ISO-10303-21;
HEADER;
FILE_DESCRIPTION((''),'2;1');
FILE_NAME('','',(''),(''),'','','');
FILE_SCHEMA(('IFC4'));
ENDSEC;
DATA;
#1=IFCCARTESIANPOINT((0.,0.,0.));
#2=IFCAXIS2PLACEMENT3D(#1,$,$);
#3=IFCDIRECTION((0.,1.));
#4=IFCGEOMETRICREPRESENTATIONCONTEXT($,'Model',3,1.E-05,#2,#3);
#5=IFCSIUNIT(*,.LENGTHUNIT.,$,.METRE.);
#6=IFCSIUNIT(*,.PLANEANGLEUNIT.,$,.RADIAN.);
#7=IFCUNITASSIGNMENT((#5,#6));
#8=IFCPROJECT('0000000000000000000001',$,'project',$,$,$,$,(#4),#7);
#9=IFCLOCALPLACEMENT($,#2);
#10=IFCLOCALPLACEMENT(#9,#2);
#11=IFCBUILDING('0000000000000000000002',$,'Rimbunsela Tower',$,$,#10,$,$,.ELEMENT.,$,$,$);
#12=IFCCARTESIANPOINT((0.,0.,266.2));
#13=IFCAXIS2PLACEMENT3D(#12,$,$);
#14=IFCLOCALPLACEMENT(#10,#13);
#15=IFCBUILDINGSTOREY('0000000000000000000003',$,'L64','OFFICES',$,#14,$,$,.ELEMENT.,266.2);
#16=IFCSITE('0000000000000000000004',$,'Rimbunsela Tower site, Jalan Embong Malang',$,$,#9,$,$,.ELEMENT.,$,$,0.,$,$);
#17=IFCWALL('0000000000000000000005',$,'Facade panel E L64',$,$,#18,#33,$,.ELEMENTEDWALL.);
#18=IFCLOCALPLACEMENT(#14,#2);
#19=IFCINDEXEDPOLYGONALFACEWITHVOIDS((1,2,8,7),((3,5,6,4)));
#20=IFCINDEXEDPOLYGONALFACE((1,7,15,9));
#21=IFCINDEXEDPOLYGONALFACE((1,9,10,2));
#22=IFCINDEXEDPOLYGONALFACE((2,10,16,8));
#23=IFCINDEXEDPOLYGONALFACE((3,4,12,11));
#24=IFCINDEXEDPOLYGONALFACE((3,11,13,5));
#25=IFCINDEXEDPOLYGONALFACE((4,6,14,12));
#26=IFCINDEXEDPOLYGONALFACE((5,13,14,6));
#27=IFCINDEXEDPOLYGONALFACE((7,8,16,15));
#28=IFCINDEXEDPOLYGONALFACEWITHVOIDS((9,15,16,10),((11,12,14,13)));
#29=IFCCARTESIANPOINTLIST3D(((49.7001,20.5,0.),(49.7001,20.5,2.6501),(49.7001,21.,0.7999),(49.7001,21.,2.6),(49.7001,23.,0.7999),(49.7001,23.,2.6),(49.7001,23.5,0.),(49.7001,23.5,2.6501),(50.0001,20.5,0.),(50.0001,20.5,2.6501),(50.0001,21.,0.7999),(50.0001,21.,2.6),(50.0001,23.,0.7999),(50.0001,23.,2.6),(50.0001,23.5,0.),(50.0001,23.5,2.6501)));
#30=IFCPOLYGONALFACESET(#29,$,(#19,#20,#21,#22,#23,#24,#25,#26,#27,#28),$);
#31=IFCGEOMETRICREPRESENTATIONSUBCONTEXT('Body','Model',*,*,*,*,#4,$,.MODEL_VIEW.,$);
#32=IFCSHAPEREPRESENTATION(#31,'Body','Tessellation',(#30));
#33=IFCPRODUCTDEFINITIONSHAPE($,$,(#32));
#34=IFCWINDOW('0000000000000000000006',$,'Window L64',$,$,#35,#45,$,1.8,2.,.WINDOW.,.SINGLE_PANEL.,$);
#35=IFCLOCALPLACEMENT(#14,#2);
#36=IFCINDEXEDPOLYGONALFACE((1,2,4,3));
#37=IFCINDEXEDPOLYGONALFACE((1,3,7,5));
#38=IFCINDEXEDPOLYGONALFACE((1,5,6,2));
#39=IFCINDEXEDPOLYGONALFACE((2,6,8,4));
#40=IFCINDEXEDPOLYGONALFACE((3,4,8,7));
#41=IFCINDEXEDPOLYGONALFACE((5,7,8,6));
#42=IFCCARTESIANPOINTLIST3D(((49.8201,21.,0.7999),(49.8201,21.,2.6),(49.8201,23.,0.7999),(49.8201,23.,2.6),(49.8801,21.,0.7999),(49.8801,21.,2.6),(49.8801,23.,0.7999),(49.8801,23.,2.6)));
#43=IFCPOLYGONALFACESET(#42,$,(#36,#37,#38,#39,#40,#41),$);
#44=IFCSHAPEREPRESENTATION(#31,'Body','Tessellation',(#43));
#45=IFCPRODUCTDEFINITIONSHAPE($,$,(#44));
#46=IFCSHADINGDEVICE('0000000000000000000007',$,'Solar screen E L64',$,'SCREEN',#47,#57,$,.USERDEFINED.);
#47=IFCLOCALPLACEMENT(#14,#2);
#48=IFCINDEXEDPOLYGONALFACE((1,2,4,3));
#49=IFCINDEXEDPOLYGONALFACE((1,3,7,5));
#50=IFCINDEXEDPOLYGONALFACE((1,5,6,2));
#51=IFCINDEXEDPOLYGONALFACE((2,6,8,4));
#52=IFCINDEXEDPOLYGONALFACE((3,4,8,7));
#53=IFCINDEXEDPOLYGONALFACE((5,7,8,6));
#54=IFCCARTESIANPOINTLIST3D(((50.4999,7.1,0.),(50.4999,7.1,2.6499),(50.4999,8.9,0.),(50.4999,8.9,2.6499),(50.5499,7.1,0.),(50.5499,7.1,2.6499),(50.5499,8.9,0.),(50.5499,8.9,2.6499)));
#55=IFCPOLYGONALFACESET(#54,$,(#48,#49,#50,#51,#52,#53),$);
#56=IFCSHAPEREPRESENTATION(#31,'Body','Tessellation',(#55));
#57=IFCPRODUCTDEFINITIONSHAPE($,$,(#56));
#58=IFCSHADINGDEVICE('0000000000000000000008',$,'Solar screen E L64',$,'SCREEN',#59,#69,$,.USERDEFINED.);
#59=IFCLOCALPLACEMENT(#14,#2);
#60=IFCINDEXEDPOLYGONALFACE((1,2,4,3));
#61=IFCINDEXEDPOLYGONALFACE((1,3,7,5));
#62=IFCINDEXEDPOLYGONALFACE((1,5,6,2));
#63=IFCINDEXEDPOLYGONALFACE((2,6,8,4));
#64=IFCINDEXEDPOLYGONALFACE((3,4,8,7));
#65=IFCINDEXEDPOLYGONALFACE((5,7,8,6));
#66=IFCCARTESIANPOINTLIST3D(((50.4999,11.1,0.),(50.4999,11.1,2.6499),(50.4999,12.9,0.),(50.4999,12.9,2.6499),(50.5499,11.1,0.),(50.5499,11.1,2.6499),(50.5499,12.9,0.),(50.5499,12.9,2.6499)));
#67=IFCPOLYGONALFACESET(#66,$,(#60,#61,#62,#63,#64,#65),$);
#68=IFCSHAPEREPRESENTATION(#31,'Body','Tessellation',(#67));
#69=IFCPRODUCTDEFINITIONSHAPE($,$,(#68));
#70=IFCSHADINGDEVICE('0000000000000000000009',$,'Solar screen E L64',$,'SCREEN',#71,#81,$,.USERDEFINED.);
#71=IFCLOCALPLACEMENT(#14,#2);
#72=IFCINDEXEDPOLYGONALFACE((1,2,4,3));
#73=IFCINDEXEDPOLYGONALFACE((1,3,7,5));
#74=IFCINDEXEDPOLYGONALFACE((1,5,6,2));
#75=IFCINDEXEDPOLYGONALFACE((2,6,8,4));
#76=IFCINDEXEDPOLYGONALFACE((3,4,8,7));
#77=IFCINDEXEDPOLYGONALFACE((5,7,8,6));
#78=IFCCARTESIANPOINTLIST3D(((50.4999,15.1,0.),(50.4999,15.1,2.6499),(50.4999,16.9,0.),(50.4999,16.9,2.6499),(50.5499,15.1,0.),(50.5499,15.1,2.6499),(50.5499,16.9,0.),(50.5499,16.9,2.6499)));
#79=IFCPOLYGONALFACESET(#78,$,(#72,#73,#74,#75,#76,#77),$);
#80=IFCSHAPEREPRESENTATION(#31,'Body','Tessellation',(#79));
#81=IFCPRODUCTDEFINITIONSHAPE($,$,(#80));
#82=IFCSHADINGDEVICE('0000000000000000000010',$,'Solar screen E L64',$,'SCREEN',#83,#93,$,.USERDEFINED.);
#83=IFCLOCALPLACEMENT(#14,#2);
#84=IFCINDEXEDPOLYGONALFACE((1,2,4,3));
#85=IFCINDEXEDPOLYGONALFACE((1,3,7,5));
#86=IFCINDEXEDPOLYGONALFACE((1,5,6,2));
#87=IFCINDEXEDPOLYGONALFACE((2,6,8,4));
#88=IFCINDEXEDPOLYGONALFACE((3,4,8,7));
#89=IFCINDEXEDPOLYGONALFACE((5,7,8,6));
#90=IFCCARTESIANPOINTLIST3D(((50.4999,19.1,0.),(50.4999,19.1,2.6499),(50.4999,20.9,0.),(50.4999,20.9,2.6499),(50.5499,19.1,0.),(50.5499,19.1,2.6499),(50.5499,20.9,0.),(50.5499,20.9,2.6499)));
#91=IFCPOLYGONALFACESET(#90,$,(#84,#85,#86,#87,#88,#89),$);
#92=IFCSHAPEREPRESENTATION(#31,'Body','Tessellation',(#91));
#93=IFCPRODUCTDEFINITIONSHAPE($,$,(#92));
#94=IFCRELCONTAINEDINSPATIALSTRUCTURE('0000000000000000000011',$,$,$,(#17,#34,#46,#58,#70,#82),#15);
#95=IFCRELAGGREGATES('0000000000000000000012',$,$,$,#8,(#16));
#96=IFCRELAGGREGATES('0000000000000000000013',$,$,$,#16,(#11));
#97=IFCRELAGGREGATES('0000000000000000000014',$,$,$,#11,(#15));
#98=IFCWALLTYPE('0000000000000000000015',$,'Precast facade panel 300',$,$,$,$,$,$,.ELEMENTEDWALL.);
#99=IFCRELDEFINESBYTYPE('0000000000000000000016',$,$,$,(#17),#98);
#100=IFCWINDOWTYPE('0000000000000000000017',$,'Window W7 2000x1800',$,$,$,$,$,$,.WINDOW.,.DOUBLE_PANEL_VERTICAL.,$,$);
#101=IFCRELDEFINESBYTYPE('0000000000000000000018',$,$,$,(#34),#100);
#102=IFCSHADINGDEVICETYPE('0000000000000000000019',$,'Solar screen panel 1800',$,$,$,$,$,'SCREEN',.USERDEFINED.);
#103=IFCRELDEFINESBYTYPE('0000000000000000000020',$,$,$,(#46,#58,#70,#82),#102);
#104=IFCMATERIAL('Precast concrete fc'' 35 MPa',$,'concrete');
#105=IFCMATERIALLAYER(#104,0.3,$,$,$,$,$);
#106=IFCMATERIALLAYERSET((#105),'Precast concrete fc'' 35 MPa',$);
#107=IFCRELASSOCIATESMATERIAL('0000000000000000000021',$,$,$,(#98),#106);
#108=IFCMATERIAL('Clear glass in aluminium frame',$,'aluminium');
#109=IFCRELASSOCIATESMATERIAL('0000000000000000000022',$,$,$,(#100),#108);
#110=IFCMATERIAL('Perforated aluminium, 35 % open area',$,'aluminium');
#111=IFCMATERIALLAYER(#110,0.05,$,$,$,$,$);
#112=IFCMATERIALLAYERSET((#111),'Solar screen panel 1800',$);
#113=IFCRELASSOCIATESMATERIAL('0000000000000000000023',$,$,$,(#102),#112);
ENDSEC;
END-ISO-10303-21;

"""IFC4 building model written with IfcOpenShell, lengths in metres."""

from ifc_helpers import new_model, si_unit, direction, frame, frame_2d, origin, origin_2d, place, context, subcontext, project, spatial, rectangle, extrude, material, layer, layer_set, type_object, element, fill, save


model = new_model("IFC4")

# Units and contexts
model_context = context("Model", 3, precision=1e-05, world=origin(), true_north=direction((0.0, 1.0)))
body_context = subcontext(model_context, "Body", "Model", "MODEL_VIEW")
ifc_project = project(units=[si_unit("LENGTHUNIT", "METRE"), si_unit("PLANEANGLEUNIT", "RADIAN")], contexts=[model_context])

# Site, building, storey
site_placement = place(None, origin())
site = spatial("IfcSite", under=ifc_project, at=site_placement, Name="Rimbunsela Tower site, Jalan Embong Malang", CompositionType="ELEMENT", RefElevation=0.0)
building_placement = place(site_placement, origin())
building = spatial("IfcBuilding", under=site, at=building_placement, Name="Rimbunsela Tower", CompositionType="ELEMENT")
storey_placement = place(building_placement, frame((0.0, 0.0, 266.2)))
storey = spatial("IfcBuildingStorey", under=building, at=storey_placement, Name="L64", Description="OFFICES", CompositionType="ELEMENT", Elevation=266.2)

# Shared definitions
ifc_material_1 = material(Name="Precast concrete fc' 35 MPa", Category="concrete")
ifc_layer_1 = layer(ifc_material_1, 0.3)
ifc_layer_set_1 = layer_set([ifc_layer_1], Name="Precast concrete fc' 35 MPa")
wall_type_1 = type_object("IfcWallType", Name="Precast facade panel 300", PredefinedType="ELEMENTEDWALL", material=ifc_layer_set_1)

# Wall, opening, window
ifc_material_2 = material(Name="Clear glass in aluminium frame", Category="aluminium")
window_type = type_object("IfcWindowType", Name="Window W7 2000x1800", PartitioningType="DOUBLE_PANEL_VERTICAL", PredefinedType="WINDOW", material=ifc_material_2)
wall_1_placement = place(storey_placement, frame((49.8501, 20.5, 0.0), z_axis=(0.0, 0.0, 1.0), x_axis=(0.0, 1.0, 0.0)))
wall_1 = element("IfcWall", 1, at=wall_1_placement, inside=storey, type_object=wall_type_1, Name="Facade panel E L64", PredefinedType="ELEMENTEDWALL", context=body_context, shape_type="SweptSolid", body=[
    extrude(rectangle(XDim=3.0, YDim=0.3, at=frame_2d((1.5, 0.0))), origin(), (0.0, 0.0, 1.0), 2.6501),
])
opening_1_placement = place(wall_1_placement, frame((0.5, 0.0, 0.8)))
opening_1 = element("IfcOpeningElement", 2, at=opening_1_placement, cuts=wall_1, PredefinedType="OPENING", context=body_context, shape_type="SweptSolid", body=[
    extrude(rectangle(XDim=2.0, YDim=1.8, at=frame_2d((1.0, 0.8999))), frame((0.0, 0.1599, 0.0), z_axis=(0.0, -1.0, 0.0), x_axis=(1.0, 0.0, 0.0)), (0.0, 0.0, 1.0), 0.3201),
])
window_1_placement = place(opening_1_placement, origin())
window_1 = element("IfcWindow", 3, at=window_1_placement, inside=storey, type_object=window_type, Name="Window L64", OverallHeight=1.8, OverallWidth=2.0, PartitioningType="SINGLE_PANEL", PredefinedType="WINDOW", context=body_context, shape_type="SweptSolid", body=[
    extrude(rectangle(XDim=2.0, YDim=1.8, at=frame_2d((1.0, 0.8999))), frame((0.0, 0.03, 0.0), z_axis=(0.0, -1.0, 0.0), x_axis=(1.0, 0.0, 0.0)), (0.0, 0.0, 1.0), 0.0601),
])
fill(opening_1, window_1)

# Shading devices
ifc_material_3 = material(Name="Perforated aluminium, 35 % open area", Category="aluminium")
ifc_layer_2 = layer(ifc_material_3, 0.05)
ifc_layer_set_2 = layer_set([ifc_layer_2], Name="Solar screen panel 1800")
shading_device_type = type_object("IfcShadingDeviceType", Name="Solar screen panel 1800", ElementType="SCREEN", PredefinedType="USERDEFINED", material=ifc_layer_set_2)
for number, where, z_axis, x_axis, name in (
    (4, (50.5249, 8.0, 0.0), (0.0, 0.0, 1.0), (0.0, 1.0, 0.0), "Solar screen E L64"),
    (5, (50.5249, 12.0, 0.0), (0.0, 0.0, 1.0), (0.0, 1.0, 0.0), "Solar screen E L64"),
    (6, (50.5249, 16.0, 0.0), (0.0, 0.0, 1.0), (0.0, 1.0, 0.0), "Solar screen E L64"),
    (7, (50.5249, 20.0, 0.0), (0.0, 0.0, 1.0), (0.0, 1.0, 0.0), "Solar screen E L64"),
):
    element("IfcShadingDevice", number, at=place(storey_placement, frame(where, z_axis=z_axis, x_axis=x_axis)), inside=storey, type_object=shading_device_type, Name=name, ObjectType="SCREEN", PredefinedType="USERDEFINED", context=body_context, shape_type="SweptSolid", body=[
        extrude(rectangle(XDim=1.8, YDim=0.05, at=origin_2d()), origin(), (0.0, 0.0, 1.0), 2.6499),
    ])

save(model, "model.ifc")
